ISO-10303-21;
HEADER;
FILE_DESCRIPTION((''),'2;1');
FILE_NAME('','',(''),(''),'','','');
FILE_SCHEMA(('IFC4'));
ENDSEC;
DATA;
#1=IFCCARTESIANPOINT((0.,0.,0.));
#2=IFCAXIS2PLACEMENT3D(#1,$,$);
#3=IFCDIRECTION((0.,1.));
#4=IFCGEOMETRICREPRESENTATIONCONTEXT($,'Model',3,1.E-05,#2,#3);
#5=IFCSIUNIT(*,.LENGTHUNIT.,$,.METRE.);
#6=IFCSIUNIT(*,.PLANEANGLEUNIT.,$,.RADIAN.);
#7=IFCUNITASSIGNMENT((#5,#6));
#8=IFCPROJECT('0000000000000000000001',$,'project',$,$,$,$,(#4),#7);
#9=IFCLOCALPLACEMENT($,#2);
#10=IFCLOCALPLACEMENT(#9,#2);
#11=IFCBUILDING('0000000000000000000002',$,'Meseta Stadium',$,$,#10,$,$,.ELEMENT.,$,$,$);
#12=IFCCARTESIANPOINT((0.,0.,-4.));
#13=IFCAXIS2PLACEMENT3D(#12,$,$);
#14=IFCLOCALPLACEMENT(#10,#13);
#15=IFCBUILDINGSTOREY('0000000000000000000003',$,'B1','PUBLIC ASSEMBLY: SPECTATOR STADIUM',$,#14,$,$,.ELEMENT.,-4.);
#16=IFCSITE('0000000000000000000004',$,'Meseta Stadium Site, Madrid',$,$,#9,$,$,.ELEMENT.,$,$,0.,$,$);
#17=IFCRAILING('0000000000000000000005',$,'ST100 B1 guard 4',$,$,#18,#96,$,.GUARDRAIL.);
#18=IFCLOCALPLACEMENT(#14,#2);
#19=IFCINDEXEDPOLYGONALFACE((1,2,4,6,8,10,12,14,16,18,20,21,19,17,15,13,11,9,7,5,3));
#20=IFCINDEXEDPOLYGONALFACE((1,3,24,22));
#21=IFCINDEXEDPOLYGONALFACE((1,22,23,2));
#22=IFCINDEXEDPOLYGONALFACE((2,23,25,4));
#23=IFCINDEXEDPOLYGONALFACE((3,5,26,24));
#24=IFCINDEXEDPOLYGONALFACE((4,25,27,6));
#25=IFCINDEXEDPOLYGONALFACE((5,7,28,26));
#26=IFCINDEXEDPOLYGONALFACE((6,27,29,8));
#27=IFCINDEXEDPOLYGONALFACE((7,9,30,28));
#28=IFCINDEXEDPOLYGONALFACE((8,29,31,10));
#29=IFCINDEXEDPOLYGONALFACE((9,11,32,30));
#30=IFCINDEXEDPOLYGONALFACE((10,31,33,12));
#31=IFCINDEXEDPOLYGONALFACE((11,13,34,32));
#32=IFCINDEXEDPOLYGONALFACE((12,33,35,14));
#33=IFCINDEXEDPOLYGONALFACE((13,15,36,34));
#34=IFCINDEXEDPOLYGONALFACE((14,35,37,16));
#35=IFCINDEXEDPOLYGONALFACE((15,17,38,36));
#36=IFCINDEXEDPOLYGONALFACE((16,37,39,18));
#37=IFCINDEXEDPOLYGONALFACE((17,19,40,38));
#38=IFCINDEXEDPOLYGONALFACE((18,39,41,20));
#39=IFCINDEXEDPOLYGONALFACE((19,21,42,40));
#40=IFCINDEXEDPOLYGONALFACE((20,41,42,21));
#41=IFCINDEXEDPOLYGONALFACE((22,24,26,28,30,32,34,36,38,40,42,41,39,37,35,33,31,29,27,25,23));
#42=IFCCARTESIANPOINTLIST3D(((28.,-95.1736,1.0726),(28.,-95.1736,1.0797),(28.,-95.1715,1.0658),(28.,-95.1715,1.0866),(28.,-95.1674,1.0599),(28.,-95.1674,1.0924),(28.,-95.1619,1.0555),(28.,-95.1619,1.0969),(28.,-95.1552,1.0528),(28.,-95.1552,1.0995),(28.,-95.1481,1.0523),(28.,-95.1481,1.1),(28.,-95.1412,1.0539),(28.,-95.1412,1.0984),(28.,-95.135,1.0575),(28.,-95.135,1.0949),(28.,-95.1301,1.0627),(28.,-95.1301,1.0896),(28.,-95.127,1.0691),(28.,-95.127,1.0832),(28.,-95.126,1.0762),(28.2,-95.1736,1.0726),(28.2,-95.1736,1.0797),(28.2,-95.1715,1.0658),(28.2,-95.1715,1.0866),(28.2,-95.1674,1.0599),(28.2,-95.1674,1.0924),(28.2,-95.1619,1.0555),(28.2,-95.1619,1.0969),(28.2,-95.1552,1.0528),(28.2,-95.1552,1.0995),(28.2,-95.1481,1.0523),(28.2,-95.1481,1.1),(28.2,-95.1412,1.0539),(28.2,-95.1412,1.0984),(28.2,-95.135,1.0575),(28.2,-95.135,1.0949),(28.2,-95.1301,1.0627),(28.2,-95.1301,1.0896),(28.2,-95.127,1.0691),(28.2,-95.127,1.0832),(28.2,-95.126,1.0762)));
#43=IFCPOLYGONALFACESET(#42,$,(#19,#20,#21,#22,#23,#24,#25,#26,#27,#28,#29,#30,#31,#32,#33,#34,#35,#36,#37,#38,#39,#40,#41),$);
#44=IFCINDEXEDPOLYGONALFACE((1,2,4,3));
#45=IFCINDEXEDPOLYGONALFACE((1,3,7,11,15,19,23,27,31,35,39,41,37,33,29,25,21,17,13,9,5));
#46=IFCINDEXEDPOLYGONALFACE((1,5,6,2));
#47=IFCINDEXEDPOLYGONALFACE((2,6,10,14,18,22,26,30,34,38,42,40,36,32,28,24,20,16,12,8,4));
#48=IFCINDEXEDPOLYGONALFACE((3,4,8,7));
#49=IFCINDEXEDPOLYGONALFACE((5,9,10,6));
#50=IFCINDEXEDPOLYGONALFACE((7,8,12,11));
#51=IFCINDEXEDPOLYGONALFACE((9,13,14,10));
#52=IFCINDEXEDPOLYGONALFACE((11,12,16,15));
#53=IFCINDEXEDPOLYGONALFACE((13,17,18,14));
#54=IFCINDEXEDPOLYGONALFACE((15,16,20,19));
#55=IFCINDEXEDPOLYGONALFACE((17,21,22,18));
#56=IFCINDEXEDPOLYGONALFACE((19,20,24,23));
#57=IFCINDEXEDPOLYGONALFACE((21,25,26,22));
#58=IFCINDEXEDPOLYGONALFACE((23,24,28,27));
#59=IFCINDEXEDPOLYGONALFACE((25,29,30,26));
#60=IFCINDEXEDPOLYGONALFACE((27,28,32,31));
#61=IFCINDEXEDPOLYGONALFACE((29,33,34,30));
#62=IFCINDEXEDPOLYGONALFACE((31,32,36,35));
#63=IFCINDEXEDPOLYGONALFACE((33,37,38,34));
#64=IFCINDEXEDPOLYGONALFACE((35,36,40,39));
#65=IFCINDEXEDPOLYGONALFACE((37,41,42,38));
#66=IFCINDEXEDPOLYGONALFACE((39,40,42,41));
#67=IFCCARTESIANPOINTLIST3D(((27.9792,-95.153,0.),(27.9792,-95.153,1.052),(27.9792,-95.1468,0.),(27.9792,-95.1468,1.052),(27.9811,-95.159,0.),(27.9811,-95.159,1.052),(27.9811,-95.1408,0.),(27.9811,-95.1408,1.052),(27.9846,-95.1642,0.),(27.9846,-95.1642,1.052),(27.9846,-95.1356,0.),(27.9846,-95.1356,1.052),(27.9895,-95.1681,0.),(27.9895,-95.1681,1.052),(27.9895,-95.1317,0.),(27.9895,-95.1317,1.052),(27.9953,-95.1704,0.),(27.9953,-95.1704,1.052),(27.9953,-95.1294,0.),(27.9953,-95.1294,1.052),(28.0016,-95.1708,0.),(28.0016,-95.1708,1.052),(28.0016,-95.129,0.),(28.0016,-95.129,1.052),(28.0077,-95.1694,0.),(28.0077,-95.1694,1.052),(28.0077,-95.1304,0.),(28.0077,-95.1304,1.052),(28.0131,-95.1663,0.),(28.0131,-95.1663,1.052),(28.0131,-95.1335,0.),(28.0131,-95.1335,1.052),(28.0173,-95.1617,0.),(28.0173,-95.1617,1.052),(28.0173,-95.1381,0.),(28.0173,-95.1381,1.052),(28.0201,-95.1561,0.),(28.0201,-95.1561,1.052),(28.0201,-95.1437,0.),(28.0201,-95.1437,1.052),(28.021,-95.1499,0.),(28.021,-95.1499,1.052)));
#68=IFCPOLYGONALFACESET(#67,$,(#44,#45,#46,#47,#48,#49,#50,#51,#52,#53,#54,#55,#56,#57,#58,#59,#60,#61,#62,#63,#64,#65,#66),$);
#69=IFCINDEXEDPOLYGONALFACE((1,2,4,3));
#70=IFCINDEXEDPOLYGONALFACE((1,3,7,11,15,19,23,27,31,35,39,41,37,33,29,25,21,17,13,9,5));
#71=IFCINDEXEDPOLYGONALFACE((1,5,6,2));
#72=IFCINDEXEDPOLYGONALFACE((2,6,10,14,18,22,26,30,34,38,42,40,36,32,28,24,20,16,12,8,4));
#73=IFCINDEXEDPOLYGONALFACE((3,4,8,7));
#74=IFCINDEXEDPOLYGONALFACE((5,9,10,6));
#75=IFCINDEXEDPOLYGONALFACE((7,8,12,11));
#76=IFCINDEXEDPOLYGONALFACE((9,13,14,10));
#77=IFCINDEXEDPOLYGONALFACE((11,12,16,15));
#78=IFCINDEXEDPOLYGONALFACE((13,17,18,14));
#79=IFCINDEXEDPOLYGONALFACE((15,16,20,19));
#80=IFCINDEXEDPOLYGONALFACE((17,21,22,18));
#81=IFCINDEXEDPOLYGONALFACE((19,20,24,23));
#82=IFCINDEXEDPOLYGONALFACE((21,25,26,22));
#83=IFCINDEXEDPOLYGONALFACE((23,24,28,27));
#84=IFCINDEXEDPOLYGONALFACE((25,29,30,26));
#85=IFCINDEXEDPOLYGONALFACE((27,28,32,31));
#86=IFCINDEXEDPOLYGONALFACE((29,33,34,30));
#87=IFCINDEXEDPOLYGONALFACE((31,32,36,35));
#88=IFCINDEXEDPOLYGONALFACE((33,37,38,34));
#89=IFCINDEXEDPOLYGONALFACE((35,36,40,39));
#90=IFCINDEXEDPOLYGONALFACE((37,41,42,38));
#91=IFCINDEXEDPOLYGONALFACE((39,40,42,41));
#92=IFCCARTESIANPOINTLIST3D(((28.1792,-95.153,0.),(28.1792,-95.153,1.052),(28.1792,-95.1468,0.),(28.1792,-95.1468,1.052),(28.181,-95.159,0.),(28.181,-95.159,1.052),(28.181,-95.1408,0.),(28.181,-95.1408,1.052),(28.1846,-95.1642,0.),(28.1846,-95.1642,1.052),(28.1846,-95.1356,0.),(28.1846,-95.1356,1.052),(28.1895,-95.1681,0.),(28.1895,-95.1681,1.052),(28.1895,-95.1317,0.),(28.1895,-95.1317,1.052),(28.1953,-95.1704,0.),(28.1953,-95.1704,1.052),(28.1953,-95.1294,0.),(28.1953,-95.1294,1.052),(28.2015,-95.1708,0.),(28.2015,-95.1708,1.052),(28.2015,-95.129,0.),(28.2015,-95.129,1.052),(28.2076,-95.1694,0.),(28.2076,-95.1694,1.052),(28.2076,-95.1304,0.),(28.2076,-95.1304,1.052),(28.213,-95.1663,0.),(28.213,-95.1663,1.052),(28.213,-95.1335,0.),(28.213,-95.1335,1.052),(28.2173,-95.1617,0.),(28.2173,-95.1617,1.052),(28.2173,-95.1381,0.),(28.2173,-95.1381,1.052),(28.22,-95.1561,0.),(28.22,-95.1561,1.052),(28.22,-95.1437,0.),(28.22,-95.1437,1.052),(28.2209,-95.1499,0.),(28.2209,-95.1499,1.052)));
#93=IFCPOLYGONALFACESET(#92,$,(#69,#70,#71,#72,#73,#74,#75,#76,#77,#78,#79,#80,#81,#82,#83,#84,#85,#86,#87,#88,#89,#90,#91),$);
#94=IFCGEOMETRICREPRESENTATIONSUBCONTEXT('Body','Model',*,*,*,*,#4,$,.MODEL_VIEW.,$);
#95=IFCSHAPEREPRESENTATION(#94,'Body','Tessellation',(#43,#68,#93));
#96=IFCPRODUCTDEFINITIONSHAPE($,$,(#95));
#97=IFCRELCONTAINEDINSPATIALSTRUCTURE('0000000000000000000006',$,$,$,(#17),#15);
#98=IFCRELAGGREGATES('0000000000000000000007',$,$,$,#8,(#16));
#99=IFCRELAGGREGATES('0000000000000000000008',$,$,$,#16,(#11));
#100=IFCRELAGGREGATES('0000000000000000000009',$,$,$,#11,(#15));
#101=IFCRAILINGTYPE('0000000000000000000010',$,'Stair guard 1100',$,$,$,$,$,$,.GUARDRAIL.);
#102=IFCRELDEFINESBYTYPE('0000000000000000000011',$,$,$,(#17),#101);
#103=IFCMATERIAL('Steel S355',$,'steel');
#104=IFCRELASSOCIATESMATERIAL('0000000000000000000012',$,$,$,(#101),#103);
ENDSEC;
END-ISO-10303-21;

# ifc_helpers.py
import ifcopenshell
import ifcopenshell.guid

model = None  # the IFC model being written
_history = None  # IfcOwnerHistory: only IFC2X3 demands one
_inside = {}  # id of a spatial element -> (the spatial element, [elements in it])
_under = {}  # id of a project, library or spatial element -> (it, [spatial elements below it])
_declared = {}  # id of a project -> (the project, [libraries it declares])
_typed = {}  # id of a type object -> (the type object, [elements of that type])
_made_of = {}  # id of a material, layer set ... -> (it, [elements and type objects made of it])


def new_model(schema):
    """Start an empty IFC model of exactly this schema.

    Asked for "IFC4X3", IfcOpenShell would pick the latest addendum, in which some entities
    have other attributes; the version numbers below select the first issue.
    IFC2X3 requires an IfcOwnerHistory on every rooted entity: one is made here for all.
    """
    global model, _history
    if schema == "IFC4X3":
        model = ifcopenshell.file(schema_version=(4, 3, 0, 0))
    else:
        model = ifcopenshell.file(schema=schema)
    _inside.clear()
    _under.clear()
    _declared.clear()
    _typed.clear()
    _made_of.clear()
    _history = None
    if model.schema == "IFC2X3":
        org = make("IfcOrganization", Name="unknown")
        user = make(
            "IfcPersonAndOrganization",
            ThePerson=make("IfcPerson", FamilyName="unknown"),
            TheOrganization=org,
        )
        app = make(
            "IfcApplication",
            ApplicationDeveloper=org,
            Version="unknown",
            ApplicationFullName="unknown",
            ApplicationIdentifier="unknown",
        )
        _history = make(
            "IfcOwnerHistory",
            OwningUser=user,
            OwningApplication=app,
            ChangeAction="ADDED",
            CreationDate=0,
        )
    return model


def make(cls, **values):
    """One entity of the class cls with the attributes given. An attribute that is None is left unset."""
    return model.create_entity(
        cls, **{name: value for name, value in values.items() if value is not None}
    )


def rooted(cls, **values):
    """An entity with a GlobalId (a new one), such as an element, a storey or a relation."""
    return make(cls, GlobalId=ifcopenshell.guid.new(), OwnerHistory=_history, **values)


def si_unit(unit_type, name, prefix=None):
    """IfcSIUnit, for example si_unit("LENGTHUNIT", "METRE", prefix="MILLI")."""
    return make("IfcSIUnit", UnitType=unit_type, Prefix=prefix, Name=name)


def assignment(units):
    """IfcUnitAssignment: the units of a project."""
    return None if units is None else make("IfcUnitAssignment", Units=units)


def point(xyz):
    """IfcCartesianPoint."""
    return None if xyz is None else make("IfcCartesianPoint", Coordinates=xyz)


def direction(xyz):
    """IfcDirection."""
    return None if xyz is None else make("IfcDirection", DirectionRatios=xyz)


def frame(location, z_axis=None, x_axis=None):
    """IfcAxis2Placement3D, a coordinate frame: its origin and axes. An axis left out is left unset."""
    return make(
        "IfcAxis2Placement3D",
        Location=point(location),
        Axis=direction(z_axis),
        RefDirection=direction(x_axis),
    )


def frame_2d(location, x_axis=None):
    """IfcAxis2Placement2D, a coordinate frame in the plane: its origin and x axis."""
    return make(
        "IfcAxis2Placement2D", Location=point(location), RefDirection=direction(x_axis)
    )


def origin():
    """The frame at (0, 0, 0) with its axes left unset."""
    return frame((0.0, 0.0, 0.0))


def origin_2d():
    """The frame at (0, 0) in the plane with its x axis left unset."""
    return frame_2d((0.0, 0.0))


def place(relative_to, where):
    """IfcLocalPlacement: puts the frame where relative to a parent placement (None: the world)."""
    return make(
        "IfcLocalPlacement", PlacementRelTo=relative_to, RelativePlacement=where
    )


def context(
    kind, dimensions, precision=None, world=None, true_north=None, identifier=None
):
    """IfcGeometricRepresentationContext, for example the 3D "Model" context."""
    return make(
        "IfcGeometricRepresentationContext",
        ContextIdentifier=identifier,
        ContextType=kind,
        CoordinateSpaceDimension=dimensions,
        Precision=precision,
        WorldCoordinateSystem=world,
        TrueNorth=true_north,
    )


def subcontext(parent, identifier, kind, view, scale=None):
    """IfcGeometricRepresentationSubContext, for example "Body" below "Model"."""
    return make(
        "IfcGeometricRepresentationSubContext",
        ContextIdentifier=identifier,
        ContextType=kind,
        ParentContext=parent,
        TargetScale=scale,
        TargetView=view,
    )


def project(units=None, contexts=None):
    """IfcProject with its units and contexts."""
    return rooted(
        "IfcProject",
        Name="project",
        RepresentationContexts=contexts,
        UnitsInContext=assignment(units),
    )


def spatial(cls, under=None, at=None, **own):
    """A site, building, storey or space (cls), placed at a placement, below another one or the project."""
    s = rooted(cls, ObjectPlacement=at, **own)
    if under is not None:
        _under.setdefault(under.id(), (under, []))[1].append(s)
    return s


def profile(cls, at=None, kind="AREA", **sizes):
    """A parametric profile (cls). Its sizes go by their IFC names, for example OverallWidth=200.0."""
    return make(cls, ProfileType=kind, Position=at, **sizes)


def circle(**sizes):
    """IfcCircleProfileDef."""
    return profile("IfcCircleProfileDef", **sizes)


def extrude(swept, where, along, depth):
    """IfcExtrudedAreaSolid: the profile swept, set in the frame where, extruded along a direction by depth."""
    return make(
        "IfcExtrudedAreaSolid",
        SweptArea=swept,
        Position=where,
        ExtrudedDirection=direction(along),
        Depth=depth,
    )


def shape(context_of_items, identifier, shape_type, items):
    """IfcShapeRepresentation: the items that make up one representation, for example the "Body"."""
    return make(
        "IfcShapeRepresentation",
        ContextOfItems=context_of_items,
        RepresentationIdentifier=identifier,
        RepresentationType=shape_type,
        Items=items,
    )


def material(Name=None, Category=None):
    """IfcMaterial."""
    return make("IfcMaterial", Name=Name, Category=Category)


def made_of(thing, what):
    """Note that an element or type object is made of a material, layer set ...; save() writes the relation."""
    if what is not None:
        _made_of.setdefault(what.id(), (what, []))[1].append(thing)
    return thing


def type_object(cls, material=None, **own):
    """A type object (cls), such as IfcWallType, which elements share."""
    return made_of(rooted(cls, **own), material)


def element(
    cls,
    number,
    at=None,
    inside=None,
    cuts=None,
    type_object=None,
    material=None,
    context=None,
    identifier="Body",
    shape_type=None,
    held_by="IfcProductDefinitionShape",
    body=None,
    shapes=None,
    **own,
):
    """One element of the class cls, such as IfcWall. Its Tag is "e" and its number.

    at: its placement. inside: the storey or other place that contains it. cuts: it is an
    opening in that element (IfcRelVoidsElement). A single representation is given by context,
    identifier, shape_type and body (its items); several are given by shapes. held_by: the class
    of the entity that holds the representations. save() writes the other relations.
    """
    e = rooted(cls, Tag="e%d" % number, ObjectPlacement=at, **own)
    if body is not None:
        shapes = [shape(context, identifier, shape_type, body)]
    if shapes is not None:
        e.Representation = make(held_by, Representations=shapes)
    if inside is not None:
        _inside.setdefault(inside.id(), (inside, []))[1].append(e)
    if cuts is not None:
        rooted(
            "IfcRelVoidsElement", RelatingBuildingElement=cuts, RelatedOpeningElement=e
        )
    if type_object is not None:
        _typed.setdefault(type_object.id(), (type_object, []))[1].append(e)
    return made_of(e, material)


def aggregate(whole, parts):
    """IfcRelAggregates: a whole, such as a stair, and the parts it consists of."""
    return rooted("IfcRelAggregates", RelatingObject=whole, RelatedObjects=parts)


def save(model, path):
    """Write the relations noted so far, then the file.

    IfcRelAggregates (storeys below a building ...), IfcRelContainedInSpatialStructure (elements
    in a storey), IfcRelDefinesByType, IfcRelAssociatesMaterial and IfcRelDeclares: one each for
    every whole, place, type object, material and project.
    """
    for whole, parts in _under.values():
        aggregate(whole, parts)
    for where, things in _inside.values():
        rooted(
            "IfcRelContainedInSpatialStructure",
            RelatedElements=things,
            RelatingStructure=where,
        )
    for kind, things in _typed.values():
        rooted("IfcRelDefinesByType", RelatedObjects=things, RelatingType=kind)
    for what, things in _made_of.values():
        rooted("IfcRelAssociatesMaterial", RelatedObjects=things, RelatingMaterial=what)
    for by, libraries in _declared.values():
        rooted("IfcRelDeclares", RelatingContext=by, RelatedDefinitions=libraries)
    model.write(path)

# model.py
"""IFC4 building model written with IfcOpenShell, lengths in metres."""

from ifc_helpers import new_model, si_unit, direction, frame, origin, origin_2d, place, context, subcontext, project, spatial, circle, extrude, material, type_object, element, save


model = new_model("IFC4")

# Units and contexts
model_context = context("Model", 3, precision=1e-05, world=origin(), true_north=direction((0.0, 1.0)))
body_context = subcontext(model_context, "Body", "Model", "MODEL_VIEW")
ifc_project = project(units=[si_unit("LENGTHUNIT", "METRE"), si_unit("PLANEANGLEUNIT", "RADIAN")], contexts=[model_context])

# Site, building, storey
site_placement = place(None, origin())
site = spatial("IfcSite", under=ifc_project, at=site_placement, Name="Meseta Stadium Site, Madrid", CompositionType="ELEMENT", RefElevation=0.0)
building_placement = place(site_placement, origin())
building = spatial("IfcBuilding", under=site, at=building_placement, Name="Meseta Stadium", CompositionType="ELEMENT")
storey_placement = place(building_placement, frame((0.0, 0.0, -4.0)))
storey = spatial("IfcBuildingStorey", under=building, at=storey_placement, Name="B1", Description="PUBLIC ASSEMBLY: SPECTATOR STADIUM", CompositionType="ELEMENT", Elevation=-4.0)

# Railing
ifc_material_1 = material(Name="Steel S355", Category="steel")
railing_type_1 = type_object("IfcRailingType", Name="Stair guard 1100", PredefinedType="GUARDRAIL", material=ifc_material_1)
railing_1_placement = place(storey_placement, frame((28.0, -95.1499, 0.0)))
element("IfcRailing", 1, at=railing_1_placement, inside=storey, type_object=railing_type_1, Name="ST100 B1 guard 4", PredefinedType="GUARDRAIL", context=body_context, shape_type="SweptSolid", body=[
    extrude(circle(Radius=0.0239, at=origin_2d()), frame((0.0, 0.0, 1.0762), z_axis=(1.0, 0.0, 0.0), x_axis=(0.0, 1.0, 0.0)), (0.0, 0.0, 1.0), 0.2),
    extrude(circle(Radius=0.021, at=origin_2d()), origin(), (0.0, 0.0, 1.0), 1.052),
    extrude(circle(Radius=0.021, at=origin_2d()), frame((0.2, 0.0, 0.0)), (0.0, 0.0, 1.0), 1.052),
])

save(model, "model.ifc")
